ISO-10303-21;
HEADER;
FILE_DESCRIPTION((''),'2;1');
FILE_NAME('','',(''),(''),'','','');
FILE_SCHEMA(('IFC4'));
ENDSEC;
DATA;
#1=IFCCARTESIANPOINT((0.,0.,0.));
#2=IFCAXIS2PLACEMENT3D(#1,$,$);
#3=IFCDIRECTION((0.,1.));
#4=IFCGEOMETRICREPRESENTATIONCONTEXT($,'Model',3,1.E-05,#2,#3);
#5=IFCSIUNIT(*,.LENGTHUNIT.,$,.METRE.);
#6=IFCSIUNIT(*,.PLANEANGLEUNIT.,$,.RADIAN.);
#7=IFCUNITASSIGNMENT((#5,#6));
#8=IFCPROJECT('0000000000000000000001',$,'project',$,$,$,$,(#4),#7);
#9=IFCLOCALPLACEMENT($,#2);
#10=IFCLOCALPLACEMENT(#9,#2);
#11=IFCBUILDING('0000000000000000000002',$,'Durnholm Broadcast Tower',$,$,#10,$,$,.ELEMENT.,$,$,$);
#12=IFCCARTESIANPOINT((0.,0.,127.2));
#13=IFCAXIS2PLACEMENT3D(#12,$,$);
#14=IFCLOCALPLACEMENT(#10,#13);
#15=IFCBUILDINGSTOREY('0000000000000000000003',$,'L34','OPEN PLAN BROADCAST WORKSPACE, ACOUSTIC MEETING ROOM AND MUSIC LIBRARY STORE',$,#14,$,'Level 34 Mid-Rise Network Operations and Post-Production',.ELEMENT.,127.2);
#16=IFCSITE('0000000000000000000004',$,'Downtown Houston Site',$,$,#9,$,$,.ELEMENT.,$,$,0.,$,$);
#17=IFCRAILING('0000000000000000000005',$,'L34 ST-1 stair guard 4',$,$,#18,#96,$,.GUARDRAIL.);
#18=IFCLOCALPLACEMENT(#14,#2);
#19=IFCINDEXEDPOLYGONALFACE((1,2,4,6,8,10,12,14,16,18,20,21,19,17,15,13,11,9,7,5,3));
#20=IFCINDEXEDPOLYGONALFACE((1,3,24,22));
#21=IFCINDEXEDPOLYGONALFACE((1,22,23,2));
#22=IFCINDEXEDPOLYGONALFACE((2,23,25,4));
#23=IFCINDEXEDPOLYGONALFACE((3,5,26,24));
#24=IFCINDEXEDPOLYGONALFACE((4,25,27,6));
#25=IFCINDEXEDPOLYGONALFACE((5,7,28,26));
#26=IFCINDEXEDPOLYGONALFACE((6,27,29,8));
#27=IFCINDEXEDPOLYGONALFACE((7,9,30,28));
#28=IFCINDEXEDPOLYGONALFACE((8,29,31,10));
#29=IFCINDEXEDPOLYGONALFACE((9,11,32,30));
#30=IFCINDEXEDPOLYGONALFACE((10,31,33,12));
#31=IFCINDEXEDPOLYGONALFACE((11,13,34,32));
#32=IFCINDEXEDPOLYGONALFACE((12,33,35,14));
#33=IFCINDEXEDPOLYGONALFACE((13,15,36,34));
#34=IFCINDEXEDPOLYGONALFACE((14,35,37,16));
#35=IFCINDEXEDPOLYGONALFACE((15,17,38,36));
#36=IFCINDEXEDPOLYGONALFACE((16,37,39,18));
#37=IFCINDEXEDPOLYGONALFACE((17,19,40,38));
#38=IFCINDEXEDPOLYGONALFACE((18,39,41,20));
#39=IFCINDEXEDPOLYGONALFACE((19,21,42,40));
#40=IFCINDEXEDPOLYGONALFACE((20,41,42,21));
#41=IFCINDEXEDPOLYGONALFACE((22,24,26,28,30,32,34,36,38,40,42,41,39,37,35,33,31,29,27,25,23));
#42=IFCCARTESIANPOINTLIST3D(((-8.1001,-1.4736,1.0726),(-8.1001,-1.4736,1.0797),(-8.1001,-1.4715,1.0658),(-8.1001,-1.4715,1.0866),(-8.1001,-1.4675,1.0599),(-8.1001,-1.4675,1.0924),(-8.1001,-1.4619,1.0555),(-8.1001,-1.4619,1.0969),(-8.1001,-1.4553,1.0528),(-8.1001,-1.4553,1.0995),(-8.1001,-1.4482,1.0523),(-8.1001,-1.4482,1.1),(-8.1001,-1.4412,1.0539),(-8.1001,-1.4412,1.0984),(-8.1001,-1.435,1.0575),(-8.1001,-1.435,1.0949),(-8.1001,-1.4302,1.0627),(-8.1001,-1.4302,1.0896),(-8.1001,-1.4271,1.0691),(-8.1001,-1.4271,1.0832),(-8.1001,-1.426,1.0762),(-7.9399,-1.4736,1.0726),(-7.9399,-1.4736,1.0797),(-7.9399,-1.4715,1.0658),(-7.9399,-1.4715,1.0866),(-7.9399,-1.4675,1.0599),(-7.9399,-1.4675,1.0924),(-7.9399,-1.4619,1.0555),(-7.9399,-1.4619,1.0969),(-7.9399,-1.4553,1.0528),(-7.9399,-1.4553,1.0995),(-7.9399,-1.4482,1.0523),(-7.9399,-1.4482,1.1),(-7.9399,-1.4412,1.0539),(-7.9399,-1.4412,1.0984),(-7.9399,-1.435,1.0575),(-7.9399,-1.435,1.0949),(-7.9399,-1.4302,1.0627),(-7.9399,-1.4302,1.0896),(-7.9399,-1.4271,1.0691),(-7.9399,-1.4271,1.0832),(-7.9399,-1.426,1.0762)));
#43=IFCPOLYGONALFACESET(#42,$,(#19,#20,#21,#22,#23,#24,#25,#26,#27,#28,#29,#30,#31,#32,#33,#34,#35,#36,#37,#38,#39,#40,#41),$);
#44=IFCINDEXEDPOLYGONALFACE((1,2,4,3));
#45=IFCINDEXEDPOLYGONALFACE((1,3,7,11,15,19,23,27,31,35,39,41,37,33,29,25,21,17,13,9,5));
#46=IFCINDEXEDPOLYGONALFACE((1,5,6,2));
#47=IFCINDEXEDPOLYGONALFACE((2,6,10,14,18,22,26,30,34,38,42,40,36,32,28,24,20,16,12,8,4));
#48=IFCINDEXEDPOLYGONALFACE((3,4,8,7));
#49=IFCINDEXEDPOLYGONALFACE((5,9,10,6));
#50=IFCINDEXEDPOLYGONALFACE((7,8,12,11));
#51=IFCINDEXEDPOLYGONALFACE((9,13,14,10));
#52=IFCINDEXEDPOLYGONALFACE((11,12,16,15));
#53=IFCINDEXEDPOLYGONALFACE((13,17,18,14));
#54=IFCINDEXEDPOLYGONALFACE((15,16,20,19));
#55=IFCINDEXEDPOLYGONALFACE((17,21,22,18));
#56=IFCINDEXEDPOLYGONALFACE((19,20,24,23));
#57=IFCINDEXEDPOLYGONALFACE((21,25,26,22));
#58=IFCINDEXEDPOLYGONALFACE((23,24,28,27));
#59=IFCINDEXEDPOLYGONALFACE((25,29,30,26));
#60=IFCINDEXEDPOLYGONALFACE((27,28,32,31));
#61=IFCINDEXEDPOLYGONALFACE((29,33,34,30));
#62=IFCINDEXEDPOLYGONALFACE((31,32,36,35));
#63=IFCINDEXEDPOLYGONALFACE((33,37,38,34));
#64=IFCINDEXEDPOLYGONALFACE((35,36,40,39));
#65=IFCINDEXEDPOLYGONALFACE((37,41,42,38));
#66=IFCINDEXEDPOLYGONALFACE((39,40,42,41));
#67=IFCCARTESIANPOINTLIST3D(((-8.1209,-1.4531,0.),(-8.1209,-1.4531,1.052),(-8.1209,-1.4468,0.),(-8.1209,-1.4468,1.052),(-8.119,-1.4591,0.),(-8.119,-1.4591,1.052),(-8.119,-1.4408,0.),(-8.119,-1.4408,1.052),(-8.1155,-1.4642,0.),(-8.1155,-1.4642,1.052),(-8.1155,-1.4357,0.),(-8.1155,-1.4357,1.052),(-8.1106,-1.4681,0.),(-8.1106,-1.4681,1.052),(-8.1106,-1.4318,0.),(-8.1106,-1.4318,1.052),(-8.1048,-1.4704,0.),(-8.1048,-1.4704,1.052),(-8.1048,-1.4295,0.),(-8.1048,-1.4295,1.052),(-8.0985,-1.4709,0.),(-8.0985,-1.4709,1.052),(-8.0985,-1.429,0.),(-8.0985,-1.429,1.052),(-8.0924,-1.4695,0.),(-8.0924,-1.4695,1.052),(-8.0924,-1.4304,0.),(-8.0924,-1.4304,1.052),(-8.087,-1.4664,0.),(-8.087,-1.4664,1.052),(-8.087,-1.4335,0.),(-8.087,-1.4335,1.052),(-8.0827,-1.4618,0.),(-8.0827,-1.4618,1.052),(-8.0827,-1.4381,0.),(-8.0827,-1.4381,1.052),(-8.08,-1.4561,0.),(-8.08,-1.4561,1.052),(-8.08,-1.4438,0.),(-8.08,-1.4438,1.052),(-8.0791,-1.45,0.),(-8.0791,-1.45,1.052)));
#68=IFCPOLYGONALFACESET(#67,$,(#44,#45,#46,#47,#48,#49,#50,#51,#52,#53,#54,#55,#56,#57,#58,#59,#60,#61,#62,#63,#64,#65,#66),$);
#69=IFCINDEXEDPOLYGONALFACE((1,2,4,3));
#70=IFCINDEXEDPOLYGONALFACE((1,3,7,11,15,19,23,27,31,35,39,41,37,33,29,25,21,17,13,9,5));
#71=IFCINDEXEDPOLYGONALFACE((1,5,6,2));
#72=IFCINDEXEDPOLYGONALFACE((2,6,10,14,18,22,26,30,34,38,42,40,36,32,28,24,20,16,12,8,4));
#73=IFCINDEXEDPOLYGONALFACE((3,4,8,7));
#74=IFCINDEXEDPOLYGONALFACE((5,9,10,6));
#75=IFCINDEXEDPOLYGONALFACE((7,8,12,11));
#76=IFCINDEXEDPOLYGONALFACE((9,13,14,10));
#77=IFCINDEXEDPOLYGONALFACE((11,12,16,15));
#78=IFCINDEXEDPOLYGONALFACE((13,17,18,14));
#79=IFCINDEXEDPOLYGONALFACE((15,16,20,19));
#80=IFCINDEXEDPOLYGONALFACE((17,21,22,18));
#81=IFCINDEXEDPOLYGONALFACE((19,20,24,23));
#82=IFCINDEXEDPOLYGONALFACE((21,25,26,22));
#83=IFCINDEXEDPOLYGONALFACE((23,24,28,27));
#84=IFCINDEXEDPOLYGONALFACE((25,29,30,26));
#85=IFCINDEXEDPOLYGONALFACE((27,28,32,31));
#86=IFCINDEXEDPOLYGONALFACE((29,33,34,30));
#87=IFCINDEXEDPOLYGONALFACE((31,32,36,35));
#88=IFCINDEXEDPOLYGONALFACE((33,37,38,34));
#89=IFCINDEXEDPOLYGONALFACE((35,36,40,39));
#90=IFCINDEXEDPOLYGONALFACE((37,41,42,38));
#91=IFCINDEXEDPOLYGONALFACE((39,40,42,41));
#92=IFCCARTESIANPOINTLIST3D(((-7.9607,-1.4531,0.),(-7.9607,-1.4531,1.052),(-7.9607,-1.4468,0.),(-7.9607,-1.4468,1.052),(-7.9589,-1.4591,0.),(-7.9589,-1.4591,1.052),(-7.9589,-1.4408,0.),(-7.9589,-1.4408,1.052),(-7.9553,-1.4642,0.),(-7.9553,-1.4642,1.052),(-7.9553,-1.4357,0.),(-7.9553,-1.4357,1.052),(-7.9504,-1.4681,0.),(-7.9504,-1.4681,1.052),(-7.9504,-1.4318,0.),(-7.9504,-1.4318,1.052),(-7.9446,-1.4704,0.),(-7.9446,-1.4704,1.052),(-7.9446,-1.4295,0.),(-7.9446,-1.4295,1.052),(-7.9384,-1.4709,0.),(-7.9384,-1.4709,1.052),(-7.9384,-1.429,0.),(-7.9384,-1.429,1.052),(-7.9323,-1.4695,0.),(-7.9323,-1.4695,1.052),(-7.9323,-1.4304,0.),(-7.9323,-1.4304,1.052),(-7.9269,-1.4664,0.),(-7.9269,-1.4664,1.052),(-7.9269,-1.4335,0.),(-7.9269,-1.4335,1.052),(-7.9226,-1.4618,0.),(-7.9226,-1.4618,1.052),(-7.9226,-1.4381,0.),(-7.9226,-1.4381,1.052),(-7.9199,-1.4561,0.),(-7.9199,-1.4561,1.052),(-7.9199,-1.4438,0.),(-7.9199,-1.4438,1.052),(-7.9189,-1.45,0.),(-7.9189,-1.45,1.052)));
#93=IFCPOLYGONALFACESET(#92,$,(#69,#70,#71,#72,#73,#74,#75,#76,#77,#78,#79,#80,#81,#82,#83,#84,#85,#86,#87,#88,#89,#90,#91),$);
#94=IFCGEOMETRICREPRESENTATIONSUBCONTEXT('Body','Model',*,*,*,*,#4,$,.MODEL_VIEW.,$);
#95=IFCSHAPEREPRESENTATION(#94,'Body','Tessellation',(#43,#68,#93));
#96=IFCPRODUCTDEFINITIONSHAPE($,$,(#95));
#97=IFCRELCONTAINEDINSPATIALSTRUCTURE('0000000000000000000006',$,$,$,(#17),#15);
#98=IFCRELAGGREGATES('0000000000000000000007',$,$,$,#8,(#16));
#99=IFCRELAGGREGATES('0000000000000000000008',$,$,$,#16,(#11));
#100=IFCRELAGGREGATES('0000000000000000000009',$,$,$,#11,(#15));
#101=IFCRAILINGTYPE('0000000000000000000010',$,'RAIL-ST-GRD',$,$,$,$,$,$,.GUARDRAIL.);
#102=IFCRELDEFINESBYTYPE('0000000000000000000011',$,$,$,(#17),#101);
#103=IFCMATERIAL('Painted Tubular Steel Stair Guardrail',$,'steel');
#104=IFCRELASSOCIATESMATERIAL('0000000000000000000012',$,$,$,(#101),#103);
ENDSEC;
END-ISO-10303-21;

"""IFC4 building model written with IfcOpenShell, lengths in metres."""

from ifc_helpers import new_model, si_unit, direction, frame, origin, origin_2d, place, context, subcontext, project, spatial, circle, extrude, material, type_object, element, save


model = new_model("IFC4")

# Units and contexts
model_context = context("Model", 3, precision=1e-05, world=origin(), true_north=direction((0.0, 1.0)))
body_context = subcontext(model_context, "Body", "Model", "MODEL_VIEW")
ifc_project = project(units=[si_unit("LENGTHUNIT", "METRE"), si_unit("PLANEANGLEUNIT", "RADIAN")], contexts=[model_context])

# Site, building, storey
site_placement = place(None, origin())
site = spatial("IfcSite", under=ifc_project, at=site_placement, Name="Downtown Houston Site", CompositionType="ELEMENT", RefElevation=0.0)
building_placement = place(site_placement, origin())
building = spatial("IfcBuilding", under=site, at=building_placement, Name="Durnholm Broadcast Tower", CompositionType="ELEMENT")
storey_placement = place(building_placement, frame((0.0, 0.0, 127.2)))
storey = spatial("IfcBuildingStorey", under=building, at=storey_placement, Name="L34", Description="OPEN PLAN BROADCAST WORKSPACE, ACOUSTIC MEETING ROOM AND MUSIC LIBRARY STORE", LongName="Level 34 Mid-Rise Network Operations and Post-Production", CompositionType="ELEMENT", Elevation=127.2)

# Railing
ifc_material_1 = material(Name="Painted Tubular Steel Stair Guardrail", Category="steel")
railing_type_1 = type_object("IfcRailingType", Name="RAIL-ST-GRD", PredefinedType="GUARDRAIL", material=ifc_material_1)
railing_1_placement = place(storey_placement, frame((-8.1001, -1.45, 0.0)))
element("IfcRailing", 1, at=railing_1_placement, inside=storey, type_object=railing_type_1, Name="L34 ST-1 stair guard 4", PredefinedType="GUARDRAIL", context=body_context, shape_type="SweptSolid", body=[
    extrude(circle(Radius=0.0239, at=origin_2d()), frame((0.0, 0.0, 1.0762), z_axis=(1.0, 0.0, 0.0), x_axis=(0.0, 1.0, 0.0)), (0.0, 0.0, 1.0), 0.1602),
    extrude(circle(Radius=0.021, at=origin_2d()), origin(), (0.0, 0.0, 1.0), 1.052),
    extrude(circle(Radius=0.021, at=origin_2d()), frame((0.1602, 0.0, 0.0)), (0.0, 0.0, 1.0), 1.052),
])

save(model, "model.ifc")
